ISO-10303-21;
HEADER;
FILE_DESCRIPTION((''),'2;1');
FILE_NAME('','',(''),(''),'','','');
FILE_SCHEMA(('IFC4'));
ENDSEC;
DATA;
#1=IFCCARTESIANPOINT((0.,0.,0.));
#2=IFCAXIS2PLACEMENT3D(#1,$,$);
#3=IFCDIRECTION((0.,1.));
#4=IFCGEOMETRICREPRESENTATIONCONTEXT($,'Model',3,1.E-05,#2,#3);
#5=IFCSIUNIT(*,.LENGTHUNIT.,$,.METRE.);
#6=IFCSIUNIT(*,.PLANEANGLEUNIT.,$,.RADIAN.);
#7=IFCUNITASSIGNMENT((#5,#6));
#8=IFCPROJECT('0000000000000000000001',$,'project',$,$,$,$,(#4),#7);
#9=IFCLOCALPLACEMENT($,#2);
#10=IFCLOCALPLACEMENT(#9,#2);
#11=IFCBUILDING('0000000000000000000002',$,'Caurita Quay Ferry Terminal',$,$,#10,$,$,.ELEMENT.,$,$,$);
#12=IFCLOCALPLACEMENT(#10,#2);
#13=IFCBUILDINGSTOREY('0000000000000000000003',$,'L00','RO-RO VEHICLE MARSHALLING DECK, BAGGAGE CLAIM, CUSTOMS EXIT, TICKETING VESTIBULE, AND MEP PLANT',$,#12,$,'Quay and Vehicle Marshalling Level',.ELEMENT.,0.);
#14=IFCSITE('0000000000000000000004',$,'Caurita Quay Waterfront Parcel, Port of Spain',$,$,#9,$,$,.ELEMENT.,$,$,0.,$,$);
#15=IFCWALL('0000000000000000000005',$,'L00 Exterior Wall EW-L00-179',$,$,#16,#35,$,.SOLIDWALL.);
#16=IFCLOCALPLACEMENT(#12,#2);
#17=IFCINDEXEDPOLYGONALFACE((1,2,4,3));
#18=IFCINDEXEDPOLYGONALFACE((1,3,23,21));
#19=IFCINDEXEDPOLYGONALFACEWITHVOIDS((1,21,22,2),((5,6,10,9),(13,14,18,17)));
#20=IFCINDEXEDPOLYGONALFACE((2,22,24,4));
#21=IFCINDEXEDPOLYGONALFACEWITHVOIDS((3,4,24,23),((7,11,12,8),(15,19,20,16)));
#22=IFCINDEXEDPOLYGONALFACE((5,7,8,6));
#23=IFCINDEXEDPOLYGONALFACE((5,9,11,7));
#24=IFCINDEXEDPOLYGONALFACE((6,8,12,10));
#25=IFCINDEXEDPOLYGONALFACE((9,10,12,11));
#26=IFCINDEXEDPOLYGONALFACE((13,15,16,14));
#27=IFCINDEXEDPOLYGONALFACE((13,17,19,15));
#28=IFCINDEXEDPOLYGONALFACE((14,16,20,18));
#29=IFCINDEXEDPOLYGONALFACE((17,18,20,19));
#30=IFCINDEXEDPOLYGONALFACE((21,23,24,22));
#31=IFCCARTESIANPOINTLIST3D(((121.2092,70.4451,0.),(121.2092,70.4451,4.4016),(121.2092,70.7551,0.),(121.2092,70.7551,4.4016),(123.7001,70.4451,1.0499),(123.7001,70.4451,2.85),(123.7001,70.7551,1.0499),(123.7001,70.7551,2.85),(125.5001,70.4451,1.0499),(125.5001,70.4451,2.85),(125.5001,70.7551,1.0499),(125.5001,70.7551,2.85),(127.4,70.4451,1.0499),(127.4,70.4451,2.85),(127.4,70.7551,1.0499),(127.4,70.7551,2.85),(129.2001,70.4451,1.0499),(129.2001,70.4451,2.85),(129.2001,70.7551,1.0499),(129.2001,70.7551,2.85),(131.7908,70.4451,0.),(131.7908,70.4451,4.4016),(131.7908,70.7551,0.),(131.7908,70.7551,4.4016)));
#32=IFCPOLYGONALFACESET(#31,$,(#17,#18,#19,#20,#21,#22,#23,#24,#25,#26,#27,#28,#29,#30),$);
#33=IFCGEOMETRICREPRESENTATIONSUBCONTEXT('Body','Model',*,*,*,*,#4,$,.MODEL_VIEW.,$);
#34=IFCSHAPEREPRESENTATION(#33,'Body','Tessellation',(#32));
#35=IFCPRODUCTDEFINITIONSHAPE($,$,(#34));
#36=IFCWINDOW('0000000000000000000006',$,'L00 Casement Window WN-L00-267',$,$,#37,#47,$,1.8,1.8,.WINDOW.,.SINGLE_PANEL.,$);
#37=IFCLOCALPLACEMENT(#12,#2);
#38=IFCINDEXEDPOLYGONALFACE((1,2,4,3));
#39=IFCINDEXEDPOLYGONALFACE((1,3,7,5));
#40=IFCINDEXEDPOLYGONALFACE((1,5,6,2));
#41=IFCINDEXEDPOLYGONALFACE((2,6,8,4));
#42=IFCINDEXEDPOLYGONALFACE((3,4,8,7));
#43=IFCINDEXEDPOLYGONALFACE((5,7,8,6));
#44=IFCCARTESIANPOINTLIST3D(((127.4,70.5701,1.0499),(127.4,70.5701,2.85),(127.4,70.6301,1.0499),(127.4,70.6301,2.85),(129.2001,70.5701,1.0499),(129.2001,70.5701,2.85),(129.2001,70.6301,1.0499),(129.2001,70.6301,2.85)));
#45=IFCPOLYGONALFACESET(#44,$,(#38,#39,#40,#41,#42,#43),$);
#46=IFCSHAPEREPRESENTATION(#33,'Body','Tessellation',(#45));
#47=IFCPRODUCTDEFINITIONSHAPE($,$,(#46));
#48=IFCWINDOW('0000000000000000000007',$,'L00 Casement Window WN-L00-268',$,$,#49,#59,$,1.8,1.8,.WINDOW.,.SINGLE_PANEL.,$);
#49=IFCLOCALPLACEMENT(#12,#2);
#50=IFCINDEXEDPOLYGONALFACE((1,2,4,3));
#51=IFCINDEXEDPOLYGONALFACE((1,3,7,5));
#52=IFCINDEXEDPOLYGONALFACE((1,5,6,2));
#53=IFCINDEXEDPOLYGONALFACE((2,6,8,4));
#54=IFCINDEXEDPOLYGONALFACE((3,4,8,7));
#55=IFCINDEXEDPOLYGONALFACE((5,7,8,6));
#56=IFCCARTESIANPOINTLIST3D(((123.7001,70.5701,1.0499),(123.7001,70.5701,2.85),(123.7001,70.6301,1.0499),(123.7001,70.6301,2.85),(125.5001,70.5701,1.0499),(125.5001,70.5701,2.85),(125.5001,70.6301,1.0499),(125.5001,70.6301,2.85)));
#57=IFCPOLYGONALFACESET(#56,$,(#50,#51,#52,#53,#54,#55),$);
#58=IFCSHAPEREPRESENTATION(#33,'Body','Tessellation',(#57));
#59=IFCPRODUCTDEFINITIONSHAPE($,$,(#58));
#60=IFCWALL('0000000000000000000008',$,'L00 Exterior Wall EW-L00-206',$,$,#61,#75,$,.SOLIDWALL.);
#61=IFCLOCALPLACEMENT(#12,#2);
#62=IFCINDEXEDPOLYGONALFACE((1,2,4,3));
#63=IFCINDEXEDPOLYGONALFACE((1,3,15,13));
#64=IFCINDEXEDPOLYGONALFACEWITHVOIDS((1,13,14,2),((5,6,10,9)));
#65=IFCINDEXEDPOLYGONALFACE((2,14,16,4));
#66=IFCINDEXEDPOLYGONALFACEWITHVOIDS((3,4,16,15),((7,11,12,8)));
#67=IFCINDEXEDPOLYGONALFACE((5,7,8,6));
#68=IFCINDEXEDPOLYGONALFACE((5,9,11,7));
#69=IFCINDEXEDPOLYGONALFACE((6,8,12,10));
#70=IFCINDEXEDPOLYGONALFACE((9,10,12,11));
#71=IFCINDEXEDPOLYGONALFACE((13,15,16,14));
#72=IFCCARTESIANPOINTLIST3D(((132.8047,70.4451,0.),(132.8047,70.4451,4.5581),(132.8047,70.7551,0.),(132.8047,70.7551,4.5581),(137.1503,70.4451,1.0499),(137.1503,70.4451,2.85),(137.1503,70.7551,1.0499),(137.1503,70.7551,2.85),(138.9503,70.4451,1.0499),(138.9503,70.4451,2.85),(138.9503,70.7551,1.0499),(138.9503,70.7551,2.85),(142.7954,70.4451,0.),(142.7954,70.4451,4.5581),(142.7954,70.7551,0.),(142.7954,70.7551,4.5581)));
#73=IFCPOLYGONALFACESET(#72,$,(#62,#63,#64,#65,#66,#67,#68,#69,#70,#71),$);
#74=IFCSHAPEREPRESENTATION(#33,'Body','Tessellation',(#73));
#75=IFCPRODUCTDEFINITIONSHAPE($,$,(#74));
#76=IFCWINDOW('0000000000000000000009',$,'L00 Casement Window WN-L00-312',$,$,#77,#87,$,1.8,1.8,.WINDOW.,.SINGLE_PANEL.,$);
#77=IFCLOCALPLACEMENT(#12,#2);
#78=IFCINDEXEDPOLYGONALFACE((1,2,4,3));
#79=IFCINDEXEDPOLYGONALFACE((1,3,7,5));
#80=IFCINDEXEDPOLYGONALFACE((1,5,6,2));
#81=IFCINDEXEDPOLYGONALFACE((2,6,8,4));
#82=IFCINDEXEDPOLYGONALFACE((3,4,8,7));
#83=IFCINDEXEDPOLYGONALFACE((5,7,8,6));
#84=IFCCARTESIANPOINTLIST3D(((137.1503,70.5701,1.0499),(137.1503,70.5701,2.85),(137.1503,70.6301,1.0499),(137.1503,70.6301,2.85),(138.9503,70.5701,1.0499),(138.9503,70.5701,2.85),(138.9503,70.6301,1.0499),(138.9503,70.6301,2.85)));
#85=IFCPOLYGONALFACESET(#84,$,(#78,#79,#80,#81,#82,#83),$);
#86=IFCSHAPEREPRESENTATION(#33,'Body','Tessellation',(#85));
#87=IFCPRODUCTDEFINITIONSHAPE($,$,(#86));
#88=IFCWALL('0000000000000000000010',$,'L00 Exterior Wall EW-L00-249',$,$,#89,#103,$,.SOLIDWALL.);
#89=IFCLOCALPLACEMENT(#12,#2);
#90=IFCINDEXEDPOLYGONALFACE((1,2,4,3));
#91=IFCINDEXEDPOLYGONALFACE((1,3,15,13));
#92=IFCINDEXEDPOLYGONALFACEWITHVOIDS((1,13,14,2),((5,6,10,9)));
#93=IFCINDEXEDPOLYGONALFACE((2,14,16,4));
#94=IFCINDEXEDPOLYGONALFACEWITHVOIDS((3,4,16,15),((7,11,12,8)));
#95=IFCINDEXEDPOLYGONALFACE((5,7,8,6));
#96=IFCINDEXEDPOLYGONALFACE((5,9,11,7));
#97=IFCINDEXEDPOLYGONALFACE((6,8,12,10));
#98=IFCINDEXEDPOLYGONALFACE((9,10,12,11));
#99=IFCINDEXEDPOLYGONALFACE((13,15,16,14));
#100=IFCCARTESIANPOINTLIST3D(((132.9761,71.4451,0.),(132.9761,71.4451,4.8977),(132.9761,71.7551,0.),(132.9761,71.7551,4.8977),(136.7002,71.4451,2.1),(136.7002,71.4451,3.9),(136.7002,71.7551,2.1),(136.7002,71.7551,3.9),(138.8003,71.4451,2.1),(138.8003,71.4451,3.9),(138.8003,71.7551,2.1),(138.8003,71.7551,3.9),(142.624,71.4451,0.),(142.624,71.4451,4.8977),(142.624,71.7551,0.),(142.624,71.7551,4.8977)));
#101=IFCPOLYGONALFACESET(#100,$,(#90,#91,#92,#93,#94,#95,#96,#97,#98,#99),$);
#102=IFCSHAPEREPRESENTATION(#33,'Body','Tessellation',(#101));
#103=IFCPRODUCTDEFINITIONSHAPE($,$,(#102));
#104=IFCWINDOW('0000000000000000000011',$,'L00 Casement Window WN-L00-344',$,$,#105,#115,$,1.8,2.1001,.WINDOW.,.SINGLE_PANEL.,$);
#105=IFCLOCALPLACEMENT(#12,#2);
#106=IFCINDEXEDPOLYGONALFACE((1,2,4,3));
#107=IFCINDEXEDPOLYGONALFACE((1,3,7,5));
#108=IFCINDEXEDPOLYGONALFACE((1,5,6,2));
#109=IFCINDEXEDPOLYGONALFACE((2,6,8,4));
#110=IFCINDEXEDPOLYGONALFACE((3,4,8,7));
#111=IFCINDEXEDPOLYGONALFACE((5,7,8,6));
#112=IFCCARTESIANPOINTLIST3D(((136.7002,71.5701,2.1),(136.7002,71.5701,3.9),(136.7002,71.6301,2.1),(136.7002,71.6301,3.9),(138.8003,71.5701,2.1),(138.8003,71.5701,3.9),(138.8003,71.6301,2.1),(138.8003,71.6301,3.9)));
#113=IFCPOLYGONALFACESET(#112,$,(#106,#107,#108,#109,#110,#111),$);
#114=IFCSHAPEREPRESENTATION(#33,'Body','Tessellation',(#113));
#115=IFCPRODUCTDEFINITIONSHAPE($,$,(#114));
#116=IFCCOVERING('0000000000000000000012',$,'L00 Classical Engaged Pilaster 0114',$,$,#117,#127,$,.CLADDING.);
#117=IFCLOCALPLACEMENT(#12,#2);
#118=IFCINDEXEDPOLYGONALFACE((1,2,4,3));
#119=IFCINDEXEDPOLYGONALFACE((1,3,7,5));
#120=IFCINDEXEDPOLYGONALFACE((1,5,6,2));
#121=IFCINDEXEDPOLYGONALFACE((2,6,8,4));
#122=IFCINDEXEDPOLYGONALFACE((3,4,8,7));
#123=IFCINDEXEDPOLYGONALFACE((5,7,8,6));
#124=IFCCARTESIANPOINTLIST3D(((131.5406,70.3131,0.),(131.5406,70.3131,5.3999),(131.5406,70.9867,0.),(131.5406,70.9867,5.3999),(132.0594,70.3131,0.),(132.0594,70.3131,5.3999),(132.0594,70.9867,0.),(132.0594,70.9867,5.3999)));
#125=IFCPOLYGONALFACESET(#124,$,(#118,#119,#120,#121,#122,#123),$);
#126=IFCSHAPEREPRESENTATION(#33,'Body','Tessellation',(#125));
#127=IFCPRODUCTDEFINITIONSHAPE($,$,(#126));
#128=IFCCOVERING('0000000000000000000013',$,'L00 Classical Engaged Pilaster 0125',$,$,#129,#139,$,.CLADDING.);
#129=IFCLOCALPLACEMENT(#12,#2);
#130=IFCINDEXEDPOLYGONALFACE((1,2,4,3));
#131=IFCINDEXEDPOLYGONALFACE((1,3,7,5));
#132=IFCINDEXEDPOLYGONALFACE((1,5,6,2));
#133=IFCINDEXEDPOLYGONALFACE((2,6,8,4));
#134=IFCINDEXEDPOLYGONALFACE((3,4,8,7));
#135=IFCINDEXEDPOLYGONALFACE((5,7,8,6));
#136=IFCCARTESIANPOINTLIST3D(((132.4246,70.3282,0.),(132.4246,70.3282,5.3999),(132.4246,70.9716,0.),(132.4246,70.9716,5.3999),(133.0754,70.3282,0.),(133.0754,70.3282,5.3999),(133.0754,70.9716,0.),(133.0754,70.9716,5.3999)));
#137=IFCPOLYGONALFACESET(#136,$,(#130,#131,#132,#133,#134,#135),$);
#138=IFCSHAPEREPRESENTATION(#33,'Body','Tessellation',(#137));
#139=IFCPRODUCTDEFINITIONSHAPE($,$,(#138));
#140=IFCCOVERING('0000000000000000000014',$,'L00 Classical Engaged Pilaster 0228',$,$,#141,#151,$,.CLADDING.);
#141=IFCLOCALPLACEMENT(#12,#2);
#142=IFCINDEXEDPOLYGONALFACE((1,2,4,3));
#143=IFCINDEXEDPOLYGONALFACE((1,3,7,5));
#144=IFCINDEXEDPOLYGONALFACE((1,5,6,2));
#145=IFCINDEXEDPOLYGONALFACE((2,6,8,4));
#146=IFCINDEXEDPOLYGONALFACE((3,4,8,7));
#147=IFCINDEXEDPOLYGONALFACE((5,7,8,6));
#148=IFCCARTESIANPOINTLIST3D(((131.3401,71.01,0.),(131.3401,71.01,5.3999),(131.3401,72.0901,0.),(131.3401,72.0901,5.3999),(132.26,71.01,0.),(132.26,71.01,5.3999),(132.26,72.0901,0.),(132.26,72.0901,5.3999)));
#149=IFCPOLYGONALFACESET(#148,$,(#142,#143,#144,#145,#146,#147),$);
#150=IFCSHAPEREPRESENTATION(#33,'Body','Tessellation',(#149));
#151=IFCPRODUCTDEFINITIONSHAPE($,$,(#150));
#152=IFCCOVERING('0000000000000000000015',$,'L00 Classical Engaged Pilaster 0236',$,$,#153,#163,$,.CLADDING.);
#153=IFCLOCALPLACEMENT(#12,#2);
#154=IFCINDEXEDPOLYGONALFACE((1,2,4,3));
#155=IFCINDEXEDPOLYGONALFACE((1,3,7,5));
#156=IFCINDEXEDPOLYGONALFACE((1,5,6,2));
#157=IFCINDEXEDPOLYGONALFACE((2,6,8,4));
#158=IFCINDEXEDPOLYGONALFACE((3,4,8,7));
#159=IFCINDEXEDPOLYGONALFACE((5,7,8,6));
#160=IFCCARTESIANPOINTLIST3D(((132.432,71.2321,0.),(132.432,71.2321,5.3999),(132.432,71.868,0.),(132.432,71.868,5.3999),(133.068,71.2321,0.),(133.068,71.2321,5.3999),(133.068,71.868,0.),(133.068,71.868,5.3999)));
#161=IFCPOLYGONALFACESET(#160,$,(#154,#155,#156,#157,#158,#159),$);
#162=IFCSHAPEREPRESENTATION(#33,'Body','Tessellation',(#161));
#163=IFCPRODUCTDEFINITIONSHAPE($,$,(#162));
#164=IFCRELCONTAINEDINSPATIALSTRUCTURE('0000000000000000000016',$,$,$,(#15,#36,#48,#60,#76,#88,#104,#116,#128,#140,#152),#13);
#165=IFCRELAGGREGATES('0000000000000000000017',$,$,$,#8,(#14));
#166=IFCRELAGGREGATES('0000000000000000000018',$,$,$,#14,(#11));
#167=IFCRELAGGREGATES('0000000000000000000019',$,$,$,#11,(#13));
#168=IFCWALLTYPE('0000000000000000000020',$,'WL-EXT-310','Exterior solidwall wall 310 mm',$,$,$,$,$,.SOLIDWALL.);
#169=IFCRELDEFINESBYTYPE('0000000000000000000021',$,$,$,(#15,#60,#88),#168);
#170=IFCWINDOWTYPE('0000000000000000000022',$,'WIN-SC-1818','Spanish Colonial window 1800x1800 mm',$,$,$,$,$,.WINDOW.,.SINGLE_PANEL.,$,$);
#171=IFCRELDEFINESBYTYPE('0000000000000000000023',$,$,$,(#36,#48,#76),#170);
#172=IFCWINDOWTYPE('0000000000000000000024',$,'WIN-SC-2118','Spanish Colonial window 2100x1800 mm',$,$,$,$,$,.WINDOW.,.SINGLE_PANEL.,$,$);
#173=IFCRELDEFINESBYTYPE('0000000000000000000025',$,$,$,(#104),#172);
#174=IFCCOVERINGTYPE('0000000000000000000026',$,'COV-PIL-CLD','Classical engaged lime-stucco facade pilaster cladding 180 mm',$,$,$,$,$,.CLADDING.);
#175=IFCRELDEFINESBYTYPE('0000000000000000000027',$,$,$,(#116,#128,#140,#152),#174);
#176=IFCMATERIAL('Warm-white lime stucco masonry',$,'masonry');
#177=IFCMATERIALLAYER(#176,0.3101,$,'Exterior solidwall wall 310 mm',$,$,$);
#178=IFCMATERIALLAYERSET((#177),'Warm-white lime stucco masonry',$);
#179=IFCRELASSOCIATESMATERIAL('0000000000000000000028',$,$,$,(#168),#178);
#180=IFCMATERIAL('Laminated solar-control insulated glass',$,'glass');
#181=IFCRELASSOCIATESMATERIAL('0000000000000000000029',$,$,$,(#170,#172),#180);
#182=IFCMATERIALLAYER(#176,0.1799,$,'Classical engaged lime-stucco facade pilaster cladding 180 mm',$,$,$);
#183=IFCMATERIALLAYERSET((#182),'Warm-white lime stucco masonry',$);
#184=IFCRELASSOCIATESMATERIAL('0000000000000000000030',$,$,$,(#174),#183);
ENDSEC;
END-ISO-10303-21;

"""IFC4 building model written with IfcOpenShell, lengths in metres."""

from ifc_helpers import new_model, si_unit, direction, frame, frame_2d, origin, origin_2d, place, context, subcontext, project, spatial, rectangle, extrude, material, layer, layer_set, type_object, element, fill, save


model = new_model("IFC4")

# Units and contexts
model_context = context("Model", 3, precision=1e-05, world=origin(), true_north=direction((0.0, 1.0)))
body_context = subcontext(model_context, "Body", "Model", "MODEL_VIEW")
ifc_project = project(units=[si_unit("LENGTHUNIT", "METRE"), si_unit("PLANEANGLEUNIT", "RADIAN")], contexts=[model_context])

# Site, building, storey
site_placement = place(None, origin())
site = spatial("IfcSite", under=ifc_project, at=site_placement, Name="Caurita Quay Waterfront Parcel, Port of Spain", CompositionType="ELEMENT", RefElevation=0.0)
building_placement = place(site_placement, origin())
building = spatial("IfcBuilding", under=site, at=building_placement, Name="Caurita Quay Ferry Terminal", CompositionType="ELEMENT")
storey_placement = place(building_placement, origin())
storey = spatial("IfcBuildingStorey", under=building, at=storey_placement, Name="L00", Description="RO-RO VEHICLE MARSHALLING DECK, BAGGAGE CLAIM, CUSTOMS EXIT, TICKETING VESTIBULE, AND MEP PLANT", LongName="Quay and Vehicle Marshalling Level", CompositionType="ELEMENT", Elevation=0.0)

# Wall, openings, windows
ifc_material_1 = material(Name="Warm-white lime stucco masonry", Category="masonry")
ifc_layer_1 = layer(ifc_material_1, 0.3101, Name="Exterior solidwall wall 310 mm")
ifc_layer_set_1 = layer_set([ifc_layer_1], Name="Warm-white lime stucco masonry")
wall_type_1 = type_object("IfcWallType", Name="WL-EXT-310", Description="Exterior solidwall wall 310 mm", PredefinedType="SOLIDWALL", material=ifc_layer_set_1)
wall_1_placement = place(storey_placement, frame((131.7908, 70.6001, 0.0), z_axis=(0.0, 0.0, 1.0), x_axis=(-1.0, 0.0, 0.0)))
wall_1 = element("IfcWall", 1, at=wall_1_placement, inside=storey, type_object=wall_type_1, Name="L00 Exterior Wall EW-L00-179", PredefinedType="SOLIDWALL", context=body_context, shape_type="SweptSolid", body=[
    extrude(rectangle(XDim=10.5815, YDim=0.3101, at=frame_2d((5.2908, 0.0))), origin(), (0.0, 0.0, 1.0), 4.4016),
])
opening_1_placement = place(wall_1_placement, frame((2.5908, 0.0, 1.05)))
opening_1 = element("IfcOpeningElement", 2, at=opening_1_placement, cuts=wall_1, PredefinedType="OPENING", context=body_context, shape_type="SweptSolid", body=[
    extrude(rectangle(XDim=1.8, YDim=1.8, at=frame_2d((0.8999, 0.8999))), frame((0.0, 0.165, 0.0), z_axis=(0.0, -1.0, 0.0), x_axis=(1.0, 0.0, 0.0)), (0.0, 0.0, 1.0), 0.3301),
])
opening_2_placement = place(wall_1_placement, frame((6.2908, 0.0, 1.05)))
opening_2 = element("IfcOpeningElement", 3, at=opening_2_placement, cuts=wall_1, PredefinedType="OPENING", context=body_context, shape_type="SweptSolid", body=[
    extrude(rectangle(XDim=1.8, YDim=1.8, at=frame_2d((0.8999, 0.8999))), frame((0.0, 0.165, 0.0), z_axis=(0.0, -1.0, 0.0), x_axis=(1.0, 0.0, 0.0)), (0.0, 0.0, 1.0), 0.3301),
])
ifc_material_2 = material(Name="Laminated solar-control insulated glass", Category="glass")
window_type_1 = type_object("IfcWindowType", Name="WIN-SC-1818", Description="Spanish Colonial window 1800x1800 mm", PartitioningType="SINGLE_PANEL", PredefinedType="WINDOW", material=ifc_material_2)
window_1_placement = place(opening_1_placement, origin())
window_1 = element("IfcWindow", 4, at=window_1_placement, inside=storey, type_object=window_type_1, Name="L00 Casement Window WN-L00-267", OverallHeight=1.8, OverallWidth=1.8, PartitioningType="SINGLE_PANEL", PredefinedType="WINDOW", context=body_context, shape_type="SweptSolid", body=[
    extrude(rectangle(XDim=1.8, YDim=1.8, at=frame_2d((0.8999, 0.8999))), frame((0.0, 0.03, 0.0), z_axis=(0.0, -1.0, 0.0), x_axis=(1.0, 0.0, 0.0)), (0.0, 0.0, 1.0), 0.0601),
])
fill(opening_1, window_1)
window_2_placement = place(opening_2_placement, origin())
window_2 = element("IfcWindow", 5, at=window_2_placement, inside=storey, type_object=window_type_1, Name="L00 Casement Window WN-L00-268", OverallHeight=1.8, OverallWidth=1.8, PartitioningType="SINGLE_PANEL", PredefinedType="WINDOW", context=body_context, shape_type="SweptSolid", body=[
    extrude(rectangle(XDim=1.8, YDim=1.8, at=frame_2d((0.8999, 0.8999))), frame((0.0, 0.03, 0.0), z_axis=(0.0, -1.0, 0.0), x_axis=(1.0, 0.0, 0.0)), (0.0, 0.0, 1.0), 0.0601),
])
fill(opening_2, window_2)

# Walls, openings, windows
wall_2_placement = place(storey_placement, frame((142.7954, 70.6001, 0.0), z_axis=(0.0, 0.0, 1.0), x_axis=(-1.0, 0.0, 0.0)))
wall_2 = element("IfcWall", 6, at=wall_2_placement, inside=storey, type_object=wall_type_1, Name="L00 Exterior Wall EW-L00-206", PredefinedType="SOLIDWALL", context=body_context, shape_type="SweptSolid", body=[
    extrude(rectangle(XDim=9.9907, YDim=0.3101, at=frame_2d((4.9954, 0.0))), origin(), (0.0, 0.0, 1.0), 4.5581),
])
opening_3_placement = place(wall_2_placement, frame((3.8452, 0.0, 1.05)))
opening_3 = element("IfcOpeningElement", 7, at=opening_3_placement, cuts=wall_2, PredefinedType="OPENING", context=body_context, shape_type="SweptSolid", body=[
    extrude(rectangle(XDim=1.8, YDim=1.8, at=frame_2d((0.8999, 0.8999))), frame((0.0, 0.165, 0.0), z_axis=(0.0, -1.0, 0.0), x_axis=(1.0, 0.0, 0.0)), (0.0, 0.0, 1.0), 0.3301),
])
window_3_placement = place(opening_3_placement, origin())
window_3 = element("IfcWindow", 8, at=window_3_placement, inside=storey, type_object=window_type_1, Name="L00 Casement Window WN-L00-312", OverallHeight=1.8, OverallWidth=1.8, PartitioningType="SINGLE_PANEL", PredefinedType="WINDOW", context=body_context, shape_type="SweptSolid", body=[
    extrude(rectangle(XDim=1.8, YDim=1.8, at=frame_2d((0.8999, 0.8999))), frame((0.0, 0.03, 0.0), z_axis=(0.0, -1.0, 0.0), x_axis=(1.0, 0.0, 0.0)), (0.0, 0.0, 1.0), 0.0601),
])
fill(opening_3, window_3)
wall_3_placement = place(storey_placement, frame((132.9761, 71.6001, 0.0), z_axis=(0.0, 0.0, 1.0), x_axis=(1.0, 0.0, 0.0)))
wall_3 = element("IfcWall", 9, at=wall_3_placement, inside=storey, type_object=wall_type_1, Name="L00 Exterior Wall EW-L00-249", PredefinedType="SOLIDWALL", context=body_context, shape_type="SweptSolid", body=[
    extrude(rectangle(XDim=9.6479, YDim=0.3101, at=frame_2d((4.824, 0.0))), origin(), (0.0, 0.0, 1.0), 4.8977),
])
opening_4_placement = place(wall_3_placement, frame((3.7241, 0.0, 2.1001)))
opening_4 = element("IfcOpeningElement", 10, at=opening_4_placement, cuts=wall_3, PredefinedType="OPENING", context=body_context, shape_type="SweptSolid", body=[
    extrude(rectangle(XDim=2.1001, YDim=1.8, at=frame_2d((1.05, 0.8999))), frame((0.0, 0.165, 0.0), z_axis=(0.0, -1.0, 0.0), x_axis=(1.0, 0.0, 0.0)), (0.0, 0.0, 1.0), 0.3301),
])
window_type_2 = type_object("IfcWindowType", Name="WIN-SC-2118", Description="Spanish Colonial window 2100x1800 mm", PartitioningType="SINGLE_PANEL", PredefinedType="WINDOW", material=ifc_material_2)
window_4_placement = place(opening_4_placement, origin())
window_4 = element("IfcWindow", 11, at=window_4_placement, inside=storey, type_object=window_type_2, Name="L00 Casement Window WN-L00-344", OverallHeight=1.8, OverallWidth=2.1001, PartitioningType="SINGLE_PANEL", PredefinedType="WINDOW", context=body_context, shape_type="SweptSolid", body=[
    extrude(rectangle(XDim=2.1001, YDim=1.8, at=frame_2d((1.05, 0.8999))), frame((0.0, 0.03, 0.0), z_axis=(0.0, -1.0, 0.0), x_axis=(1.0, 0.0, 0.0)), (0.0, 0.0, 1.0), 0.0601),
])
fill(opening_4, window_4)

# Coverings
ifc_layer_2 = layer(ifc_material_1, 0.1799, Name="Classical engaged lime-stucco facade pilaster cladding 180 mm")
ifc_layer_set_2 = layer_set([ifc_layer_2], Name="Warm-white lime stucco masonry")
covering_type = type_object("IfcCoveringType", Name="COV-PIL-CLD", Description="Classical engaged lime-stucco facade pilaster cladding 180 mm", PredefinedType="CLADDING", material=ifc_layer_set_2)
covering_1_placement = place(storey_placement, frame((131.8, 70.6499, 0.0), z_axis=(0.0, 0.0, 1.0), x_axis=(1.0, 0.0, 0.0)))
element("IfcCovering", 12, at=covering_1_placement, inside=storey, type_object=covering_type, Name="L00 Classical Engaged Pilaster 0114", PredefinedType="CLADDING", context=body_context, shape_type="SweptSolid", body=[
    extrude(rectangle(XDim=0.5188, YDim=0.6736, at=origin_2d()), origin(), (0.0, 0.0, 1.0), 5.3999),
])
covering_2_placement = place(storey_placement, frame((132.75, 70.6499, 0.0), z_axis=(0.0, 0.0, 1.0), x_axis=(1.0, 0.0, 0.0)))
element("IfcCovering", 13, at=covering_2_placement, inside=storey, type_object=covering_type, Name="L00 Classical Engaged Pilaster 0125", PredefinedType="CLADDING", context=body_context, shape_type="SweptSolid", body=[
    extrude(rectangle(XDim=0.6509, YDim=0.6433, at=origin_2d()), origin(), (0.0, 0.0, 1.0), 5.3999),
])
covering_3_placement = place(storey_placement, frame((131.8, 71.55, 0.0), z_axis=(0.0, 0.0, 1.0), x_axis=(1.0, 0.0, 0.0)))
element("IfcCovering", 14, at=covering_3_placement, inside=storey, type_object=covering_type, Name="L00 Classical Engaged Pilaster 0228", PredefinedType="CLADDING", context=body_context, shape_type="SweptSolid", body=[
    extrude(rectangle(XDim=0.9199, YDim=1.0801, at=origin_2d()), origin(), (0.0, 0.0, 1.0), 5.3999),
])
covering_4_placement = place(storey_placement, frame((132.75, 71.55, 0.0), z_axis=(0.0, 0.0, 1.0), x_axis=(1.0, 0.0, 0.0)))
element("IfcCovering", 15, at=covering_4_placement, inside=storey, type_object=covering_type, Name="L00 Classical Engaged Pilaster 0236", PredefinedType="CLADDING", context=body_context, shape_type="SweptSolid", body=[
    extrude(rectangle(XDim=0.636, YDim=0.636, at=origin_2d()), origin(), (0.0, 0.0, 1.0), 5.3999),
])

save(model, "model.ifc")
